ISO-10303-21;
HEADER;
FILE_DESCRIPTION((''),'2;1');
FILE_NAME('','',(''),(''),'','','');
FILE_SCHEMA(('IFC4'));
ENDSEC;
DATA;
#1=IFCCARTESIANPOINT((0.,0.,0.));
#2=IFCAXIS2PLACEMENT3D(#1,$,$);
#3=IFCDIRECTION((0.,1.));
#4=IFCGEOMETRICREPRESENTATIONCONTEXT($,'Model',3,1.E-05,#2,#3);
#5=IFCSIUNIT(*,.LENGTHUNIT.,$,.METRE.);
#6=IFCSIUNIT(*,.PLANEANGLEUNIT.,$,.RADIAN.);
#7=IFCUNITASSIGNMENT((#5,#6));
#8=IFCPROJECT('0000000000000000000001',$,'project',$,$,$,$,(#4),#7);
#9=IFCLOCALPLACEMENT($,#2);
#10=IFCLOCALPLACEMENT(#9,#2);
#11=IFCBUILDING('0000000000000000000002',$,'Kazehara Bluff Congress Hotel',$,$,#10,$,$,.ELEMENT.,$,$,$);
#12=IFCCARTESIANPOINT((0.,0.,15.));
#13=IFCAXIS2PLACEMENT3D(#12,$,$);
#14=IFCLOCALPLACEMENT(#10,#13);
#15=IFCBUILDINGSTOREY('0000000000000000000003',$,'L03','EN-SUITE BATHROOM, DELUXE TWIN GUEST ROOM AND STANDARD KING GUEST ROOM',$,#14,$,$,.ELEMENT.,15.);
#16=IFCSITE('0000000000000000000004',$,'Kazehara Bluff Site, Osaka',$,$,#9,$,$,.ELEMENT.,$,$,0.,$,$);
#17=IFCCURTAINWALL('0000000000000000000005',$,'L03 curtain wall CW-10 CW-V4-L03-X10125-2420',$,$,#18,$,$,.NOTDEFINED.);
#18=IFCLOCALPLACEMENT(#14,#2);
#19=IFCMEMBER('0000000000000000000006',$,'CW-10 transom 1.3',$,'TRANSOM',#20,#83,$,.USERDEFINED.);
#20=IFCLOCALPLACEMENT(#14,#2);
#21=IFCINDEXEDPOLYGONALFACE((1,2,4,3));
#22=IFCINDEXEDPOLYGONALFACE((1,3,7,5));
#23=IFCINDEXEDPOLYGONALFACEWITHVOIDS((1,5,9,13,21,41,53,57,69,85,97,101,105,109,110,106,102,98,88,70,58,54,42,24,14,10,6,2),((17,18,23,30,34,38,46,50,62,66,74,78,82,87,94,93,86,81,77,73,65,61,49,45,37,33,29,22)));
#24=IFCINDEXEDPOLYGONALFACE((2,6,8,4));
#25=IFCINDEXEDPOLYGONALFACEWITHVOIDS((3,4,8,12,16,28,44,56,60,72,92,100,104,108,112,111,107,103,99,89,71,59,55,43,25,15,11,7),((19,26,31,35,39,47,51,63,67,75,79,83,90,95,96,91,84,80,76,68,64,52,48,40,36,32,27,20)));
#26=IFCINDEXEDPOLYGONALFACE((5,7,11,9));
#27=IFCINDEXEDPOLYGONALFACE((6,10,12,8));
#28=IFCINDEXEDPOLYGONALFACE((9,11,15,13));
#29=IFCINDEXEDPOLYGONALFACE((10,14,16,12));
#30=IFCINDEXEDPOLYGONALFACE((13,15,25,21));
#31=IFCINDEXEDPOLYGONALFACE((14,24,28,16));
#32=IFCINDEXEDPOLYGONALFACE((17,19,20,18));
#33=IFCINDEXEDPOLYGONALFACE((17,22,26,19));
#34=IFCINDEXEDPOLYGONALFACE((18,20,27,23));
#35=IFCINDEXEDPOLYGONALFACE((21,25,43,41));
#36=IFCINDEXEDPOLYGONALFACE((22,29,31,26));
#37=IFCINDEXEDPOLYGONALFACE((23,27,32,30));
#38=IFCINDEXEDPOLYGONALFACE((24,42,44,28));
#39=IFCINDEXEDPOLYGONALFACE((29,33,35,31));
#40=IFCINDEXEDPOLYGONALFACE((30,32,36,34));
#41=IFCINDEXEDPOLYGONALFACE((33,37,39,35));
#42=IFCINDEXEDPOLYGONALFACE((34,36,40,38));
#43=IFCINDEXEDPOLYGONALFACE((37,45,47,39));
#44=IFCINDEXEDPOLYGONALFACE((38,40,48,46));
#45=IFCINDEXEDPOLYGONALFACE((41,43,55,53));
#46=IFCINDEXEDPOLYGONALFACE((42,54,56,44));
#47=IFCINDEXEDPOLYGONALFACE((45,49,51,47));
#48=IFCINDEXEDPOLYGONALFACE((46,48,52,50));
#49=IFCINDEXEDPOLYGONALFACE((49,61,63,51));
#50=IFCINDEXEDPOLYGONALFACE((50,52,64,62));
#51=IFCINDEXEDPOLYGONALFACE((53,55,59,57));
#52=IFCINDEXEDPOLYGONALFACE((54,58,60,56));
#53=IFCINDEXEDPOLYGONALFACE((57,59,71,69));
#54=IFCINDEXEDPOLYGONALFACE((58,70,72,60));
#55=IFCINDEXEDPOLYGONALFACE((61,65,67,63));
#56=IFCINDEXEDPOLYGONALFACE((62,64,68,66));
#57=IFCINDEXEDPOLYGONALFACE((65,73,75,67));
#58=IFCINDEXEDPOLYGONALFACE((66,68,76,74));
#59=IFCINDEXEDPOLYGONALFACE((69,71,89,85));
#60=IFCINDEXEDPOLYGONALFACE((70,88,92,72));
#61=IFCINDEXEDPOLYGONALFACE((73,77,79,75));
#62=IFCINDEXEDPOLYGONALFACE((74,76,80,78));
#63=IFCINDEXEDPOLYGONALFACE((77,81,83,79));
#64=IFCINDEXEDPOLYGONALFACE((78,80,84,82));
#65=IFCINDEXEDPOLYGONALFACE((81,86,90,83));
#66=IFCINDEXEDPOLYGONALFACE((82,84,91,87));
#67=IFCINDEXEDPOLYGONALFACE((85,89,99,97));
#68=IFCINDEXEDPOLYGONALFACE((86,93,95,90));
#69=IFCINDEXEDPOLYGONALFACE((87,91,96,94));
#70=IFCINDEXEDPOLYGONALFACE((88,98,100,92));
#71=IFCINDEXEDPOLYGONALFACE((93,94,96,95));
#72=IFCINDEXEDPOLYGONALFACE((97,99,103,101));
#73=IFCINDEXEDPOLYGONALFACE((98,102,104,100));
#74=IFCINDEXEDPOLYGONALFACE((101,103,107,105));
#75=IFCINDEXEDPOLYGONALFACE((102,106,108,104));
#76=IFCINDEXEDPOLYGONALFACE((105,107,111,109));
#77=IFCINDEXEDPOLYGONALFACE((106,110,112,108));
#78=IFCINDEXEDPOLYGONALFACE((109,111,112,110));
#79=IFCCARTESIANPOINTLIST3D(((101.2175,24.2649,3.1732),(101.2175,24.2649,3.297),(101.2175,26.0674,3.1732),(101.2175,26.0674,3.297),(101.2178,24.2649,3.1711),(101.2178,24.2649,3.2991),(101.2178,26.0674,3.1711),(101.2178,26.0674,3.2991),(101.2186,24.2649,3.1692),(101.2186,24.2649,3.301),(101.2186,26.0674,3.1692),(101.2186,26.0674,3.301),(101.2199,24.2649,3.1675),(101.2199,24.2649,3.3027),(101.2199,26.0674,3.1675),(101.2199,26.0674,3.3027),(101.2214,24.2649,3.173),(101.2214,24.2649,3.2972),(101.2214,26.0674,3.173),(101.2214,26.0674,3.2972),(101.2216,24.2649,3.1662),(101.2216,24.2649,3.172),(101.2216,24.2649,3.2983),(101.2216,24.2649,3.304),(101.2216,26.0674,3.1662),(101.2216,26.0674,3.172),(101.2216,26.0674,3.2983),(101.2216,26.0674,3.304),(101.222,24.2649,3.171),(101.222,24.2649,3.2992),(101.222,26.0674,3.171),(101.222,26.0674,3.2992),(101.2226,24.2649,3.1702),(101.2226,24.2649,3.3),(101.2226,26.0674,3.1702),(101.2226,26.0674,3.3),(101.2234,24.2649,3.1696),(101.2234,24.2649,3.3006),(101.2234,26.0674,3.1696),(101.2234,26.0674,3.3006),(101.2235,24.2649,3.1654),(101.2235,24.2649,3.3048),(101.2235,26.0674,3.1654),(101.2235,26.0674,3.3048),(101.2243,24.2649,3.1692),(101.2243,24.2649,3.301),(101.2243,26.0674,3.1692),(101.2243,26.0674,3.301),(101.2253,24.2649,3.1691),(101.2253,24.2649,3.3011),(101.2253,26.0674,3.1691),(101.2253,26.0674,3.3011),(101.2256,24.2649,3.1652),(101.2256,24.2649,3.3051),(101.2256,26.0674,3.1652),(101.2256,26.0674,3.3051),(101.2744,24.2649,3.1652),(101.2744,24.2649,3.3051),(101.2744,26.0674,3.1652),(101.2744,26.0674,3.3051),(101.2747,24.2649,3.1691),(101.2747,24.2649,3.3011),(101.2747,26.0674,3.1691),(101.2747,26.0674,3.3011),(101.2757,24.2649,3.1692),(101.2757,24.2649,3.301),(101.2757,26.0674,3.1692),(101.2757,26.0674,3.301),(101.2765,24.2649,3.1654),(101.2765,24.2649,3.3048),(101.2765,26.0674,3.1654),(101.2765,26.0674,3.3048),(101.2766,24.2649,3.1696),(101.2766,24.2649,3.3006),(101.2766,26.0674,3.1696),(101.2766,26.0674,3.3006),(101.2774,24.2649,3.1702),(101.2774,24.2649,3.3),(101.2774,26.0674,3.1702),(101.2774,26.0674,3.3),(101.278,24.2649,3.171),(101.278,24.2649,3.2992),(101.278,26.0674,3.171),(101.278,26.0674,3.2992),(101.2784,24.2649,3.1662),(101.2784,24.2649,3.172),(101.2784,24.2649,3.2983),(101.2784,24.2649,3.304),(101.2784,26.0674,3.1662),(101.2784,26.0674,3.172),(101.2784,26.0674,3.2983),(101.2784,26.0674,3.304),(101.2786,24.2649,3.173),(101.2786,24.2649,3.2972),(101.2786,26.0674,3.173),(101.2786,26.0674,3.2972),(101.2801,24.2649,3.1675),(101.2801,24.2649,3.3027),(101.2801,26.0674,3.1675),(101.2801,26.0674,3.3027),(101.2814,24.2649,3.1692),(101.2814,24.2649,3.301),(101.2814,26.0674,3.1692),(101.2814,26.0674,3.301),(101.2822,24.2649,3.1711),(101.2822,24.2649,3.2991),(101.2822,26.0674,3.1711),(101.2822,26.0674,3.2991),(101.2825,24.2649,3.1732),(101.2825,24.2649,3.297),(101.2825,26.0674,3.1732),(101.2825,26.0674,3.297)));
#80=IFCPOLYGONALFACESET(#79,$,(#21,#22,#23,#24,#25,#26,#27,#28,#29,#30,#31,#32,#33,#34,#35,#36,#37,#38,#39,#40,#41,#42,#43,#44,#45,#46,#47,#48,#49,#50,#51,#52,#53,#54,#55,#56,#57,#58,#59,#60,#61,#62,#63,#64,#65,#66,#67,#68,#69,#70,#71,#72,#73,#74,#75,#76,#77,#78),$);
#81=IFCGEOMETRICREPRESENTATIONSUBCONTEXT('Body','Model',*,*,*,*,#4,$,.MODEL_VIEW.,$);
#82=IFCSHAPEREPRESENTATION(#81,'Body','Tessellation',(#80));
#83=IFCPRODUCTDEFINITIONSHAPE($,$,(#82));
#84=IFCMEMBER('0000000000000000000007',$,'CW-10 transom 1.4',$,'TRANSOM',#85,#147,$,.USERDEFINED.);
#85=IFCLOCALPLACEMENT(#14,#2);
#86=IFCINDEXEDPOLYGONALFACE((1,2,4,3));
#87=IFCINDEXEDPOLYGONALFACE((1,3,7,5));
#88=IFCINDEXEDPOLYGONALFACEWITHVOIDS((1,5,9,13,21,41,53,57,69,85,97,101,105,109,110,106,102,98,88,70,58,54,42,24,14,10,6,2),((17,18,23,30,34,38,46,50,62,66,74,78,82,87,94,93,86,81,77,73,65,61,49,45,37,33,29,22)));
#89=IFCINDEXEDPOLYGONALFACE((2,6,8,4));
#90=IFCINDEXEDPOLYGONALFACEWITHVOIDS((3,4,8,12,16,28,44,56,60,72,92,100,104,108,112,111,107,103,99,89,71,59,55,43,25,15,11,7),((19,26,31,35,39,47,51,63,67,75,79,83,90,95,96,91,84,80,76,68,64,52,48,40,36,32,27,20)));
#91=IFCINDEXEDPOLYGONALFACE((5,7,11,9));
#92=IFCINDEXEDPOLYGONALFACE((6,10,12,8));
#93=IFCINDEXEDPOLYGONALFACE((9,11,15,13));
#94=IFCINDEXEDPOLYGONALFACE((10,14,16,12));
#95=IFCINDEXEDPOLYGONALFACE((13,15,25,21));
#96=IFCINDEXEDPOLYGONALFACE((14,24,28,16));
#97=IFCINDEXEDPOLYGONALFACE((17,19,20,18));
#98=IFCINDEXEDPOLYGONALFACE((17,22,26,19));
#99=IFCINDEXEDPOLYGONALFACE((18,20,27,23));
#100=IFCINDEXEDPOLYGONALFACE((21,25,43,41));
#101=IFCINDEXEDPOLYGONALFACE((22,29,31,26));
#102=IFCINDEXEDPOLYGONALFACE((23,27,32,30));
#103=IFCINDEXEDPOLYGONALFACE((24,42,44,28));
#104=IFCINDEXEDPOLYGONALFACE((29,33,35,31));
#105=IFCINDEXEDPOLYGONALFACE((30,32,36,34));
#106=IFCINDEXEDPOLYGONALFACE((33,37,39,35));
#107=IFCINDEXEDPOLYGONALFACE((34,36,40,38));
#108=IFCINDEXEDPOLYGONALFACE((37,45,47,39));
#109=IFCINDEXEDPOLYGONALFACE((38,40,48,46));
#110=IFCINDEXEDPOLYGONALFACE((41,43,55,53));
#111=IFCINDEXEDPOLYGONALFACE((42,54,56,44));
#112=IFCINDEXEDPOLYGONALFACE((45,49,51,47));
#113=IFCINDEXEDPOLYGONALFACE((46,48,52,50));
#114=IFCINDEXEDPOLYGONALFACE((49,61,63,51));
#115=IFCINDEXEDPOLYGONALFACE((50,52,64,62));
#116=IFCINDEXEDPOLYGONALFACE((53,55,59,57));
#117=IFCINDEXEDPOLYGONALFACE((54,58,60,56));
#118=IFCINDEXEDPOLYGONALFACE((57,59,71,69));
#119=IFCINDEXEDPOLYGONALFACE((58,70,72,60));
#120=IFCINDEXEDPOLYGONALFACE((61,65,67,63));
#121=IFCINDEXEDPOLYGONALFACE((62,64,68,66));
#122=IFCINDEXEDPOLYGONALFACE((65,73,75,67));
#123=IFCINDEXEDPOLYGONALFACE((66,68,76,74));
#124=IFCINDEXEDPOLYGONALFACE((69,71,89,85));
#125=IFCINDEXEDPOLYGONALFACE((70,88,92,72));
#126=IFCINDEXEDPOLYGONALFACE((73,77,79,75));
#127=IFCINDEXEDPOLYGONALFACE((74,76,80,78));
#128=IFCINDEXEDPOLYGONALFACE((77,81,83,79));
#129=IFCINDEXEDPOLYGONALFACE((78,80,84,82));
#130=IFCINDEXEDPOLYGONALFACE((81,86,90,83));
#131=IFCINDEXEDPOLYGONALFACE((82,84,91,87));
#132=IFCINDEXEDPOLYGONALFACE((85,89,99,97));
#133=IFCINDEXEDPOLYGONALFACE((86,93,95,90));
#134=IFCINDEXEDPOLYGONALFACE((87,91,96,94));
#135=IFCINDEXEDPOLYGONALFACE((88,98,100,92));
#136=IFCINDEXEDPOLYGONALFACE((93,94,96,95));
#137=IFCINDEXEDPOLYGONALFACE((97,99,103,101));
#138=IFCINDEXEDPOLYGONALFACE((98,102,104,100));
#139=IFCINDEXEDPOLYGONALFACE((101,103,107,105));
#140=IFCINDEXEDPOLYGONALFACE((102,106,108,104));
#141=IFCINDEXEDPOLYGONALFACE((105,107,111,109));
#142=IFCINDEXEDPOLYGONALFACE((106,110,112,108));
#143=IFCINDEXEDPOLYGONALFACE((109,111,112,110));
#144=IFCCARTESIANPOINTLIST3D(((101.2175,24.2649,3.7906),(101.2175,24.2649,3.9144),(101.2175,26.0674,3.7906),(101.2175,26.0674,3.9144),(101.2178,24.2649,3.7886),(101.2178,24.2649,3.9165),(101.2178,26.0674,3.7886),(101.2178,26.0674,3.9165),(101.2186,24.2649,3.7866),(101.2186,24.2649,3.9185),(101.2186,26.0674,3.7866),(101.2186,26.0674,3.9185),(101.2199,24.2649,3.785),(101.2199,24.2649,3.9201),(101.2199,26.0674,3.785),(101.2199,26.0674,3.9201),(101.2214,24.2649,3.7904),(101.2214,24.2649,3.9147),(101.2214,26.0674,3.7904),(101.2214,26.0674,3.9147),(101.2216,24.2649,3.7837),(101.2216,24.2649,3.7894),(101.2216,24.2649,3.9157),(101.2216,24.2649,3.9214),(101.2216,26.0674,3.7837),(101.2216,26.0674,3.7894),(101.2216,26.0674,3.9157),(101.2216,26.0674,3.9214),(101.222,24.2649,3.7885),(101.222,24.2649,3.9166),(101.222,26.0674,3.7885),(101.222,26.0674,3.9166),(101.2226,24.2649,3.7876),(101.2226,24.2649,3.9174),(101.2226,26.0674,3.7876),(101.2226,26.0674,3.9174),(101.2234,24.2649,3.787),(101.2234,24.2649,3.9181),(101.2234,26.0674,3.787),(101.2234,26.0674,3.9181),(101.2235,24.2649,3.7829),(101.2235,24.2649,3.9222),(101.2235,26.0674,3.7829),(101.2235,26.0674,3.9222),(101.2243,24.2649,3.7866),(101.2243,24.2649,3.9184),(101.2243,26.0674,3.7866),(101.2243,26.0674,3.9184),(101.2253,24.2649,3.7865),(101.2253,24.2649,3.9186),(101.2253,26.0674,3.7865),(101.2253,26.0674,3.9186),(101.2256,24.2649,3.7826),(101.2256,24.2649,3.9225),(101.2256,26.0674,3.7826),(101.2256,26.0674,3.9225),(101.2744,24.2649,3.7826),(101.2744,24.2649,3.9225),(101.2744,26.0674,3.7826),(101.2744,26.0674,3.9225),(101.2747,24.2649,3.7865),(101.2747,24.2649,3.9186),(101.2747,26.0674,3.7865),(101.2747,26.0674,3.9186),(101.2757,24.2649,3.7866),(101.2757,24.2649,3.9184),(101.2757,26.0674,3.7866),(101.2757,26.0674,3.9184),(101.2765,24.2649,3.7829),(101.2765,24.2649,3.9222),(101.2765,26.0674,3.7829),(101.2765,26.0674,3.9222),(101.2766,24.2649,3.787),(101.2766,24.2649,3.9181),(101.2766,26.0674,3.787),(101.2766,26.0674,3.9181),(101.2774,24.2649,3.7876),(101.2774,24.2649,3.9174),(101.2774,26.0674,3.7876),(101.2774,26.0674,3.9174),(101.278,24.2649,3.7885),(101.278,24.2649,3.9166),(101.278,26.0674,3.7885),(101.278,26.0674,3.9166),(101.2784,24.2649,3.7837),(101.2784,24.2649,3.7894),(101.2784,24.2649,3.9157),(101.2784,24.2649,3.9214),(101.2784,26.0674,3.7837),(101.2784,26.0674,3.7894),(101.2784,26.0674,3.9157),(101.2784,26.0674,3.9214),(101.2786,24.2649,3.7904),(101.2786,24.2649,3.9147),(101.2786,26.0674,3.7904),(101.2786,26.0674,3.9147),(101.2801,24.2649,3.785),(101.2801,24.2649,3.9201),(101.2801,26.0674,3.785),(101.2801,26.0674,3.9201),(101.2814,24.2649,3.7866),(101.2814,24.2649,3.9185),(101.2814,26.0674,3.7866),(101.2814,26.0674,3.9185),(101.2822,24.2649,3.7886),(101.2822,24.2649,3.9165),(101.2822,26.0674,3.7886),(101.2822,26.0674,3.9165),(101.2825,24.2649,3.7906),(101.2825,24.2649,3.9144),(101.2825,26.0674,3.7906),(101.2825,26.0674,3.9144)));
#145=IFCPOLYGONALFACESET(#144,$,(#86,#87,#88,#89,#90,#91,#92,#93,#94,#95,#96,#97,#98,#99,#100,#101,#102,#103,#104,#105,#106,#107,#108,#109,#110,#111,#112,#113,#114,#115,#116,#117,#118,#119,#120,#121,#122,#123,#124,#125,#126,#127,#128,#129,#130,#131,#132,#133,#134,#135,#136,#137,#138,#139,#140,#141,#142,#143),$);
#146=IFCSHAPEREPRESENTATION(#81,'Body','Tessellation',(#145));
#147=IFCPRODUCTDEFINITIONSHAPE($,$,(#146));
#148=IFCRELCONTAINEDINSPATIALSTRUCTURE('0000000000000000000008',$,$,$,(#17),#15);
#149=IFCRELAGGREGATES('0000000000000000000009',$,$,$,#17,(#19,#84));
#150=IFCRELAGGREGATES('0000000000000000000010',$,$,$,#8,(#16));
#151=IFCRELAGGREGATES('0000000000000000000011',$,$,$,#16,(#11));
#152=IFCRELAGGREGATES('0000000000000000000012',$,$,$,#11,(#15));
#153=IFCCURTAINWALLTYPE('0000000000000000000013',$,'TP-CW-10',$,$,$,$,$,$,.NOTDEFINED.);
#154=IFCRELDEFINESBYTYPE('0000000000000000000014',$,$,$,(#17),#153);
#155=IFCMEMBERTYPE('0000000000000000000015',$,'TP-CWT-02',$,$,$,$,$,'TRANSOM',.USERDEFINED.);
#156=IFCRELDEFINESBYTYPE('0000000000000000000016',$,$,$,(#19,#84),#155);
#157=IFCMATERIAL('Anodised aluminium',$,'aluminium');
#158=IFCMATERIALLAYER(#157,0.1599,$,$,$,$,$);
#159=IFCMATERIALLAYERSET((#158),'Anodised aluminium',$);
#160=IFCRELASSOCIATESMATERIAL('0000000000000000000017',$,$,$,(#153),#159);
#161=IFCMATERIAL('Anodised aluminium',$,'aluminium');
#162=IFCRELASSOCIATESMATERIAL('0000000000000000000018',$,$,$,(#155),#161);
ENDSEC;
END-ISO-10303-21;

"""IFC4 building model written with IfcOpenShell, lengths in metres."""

from ifc_helpers import new_model, si_unit, direction, frame, origin, origin_2d, place, context, subcontext, project, spatial, hollow_rectangle, extrude, material, layer, layer_set, material_profile, profile_set, type_object, element, aggregate, save


model = new_model("IFC4")

# Units and contexts
model_context = context("Model", 3, precision=1e-05, world=origin(), true_north=direction((0.0, 1.0)))
body_context = subcontext(model_context, "Body", "Model", "MODEL_VIEW")
ifc_project = project(units=[si_unit("LENGTHUNIT", "METRE"), si_unit("PLANEANGLEUNIT", "RADIAN")], contexts=[model_context])

# Site, building, storey
site_placement = place(None, origin())
site = spatial("IfcSite", under=ifc_project, at=site_placement, Name="Kazehara Bluff Site, Osaka", CompositionType="ELEMENT", RefElevation=0.0)
building_placement = place(site_placement, origin())
building = spatial("IfcBuilding", under=site, at=building_placement, Name="Kazehara Bluff Congress Hotel", CompositionType="ELEMENT")
storey_placement = place(building_placement, frame((0.0, 0.0, 15.0)))
storey = spatial("IfcBuildingStorey", under=building, at=storey_placement, Name="L03", Description="EN-SUITE BATHROOM, DELUXE TWIN GUEST ROOM AND STANDARD KING GUEST ROOM", CompositionType="ELEMENT", Elevation=15.0)

# Curtain wall, members
ifc_material_1 = material(Name="Anodised aluminium", Category="aluminium")
ifc_layer_1 = layer(ifc_material_1, 0.1599)
ifc_layer_set_1 = layer_set([ifc_layer_1], Name="Anodised aluminium")
curtain_wall_type = type_object("IfcCurtainWallType", Name="TP-CW-10", PredefinedType="NOTDEFINED", material=ifc_layer_set_1)
curtain_wall_placement = place(storey_placement, origin())
curtain_wall = element("IfcCurtainWall", 1, at=curtain_wall_placement, inside=storey, type_object=curtain_wall_type, Name="L03 curtain wall CW-10 CW-V4-L03-X10125-2420", PredefinedType="NOTDEFINED")
ifc_material_2 = material(Name="Anodised aluminium", Category="aluminium")
ifc_material_profile_1 = material_profile(ifc_material_2, hollow_rectangle(XDim=0.0649, YDim=0.1399, WallThickness=0.0039, InnerFilletRadius=0.0039, OuterFilletRadius=0.0081, at=origin_2d()))
ifc_profile_set_1 = profile_set([ifc_material_profile_1], Name="Anodised aluminium")
member_type_1 = type_object("IfcMemberType", Name="TP-CWT-02", ElementType="TRANSOM", PredefinedType="USERDEFINED", material=ifc_profile_set_1)
member_1_placement = place(storey_placement, frame((101.25, 24.2649, 3.2351), z_axis=(0.0, 1.0, 0.0), x_axis=(-1.0, 0.0, 0.0)))
member_1 = element("IfcMember", 2, at=member_1_placement, type_object=member_type_1, Name="CW-10 transom 1.3", ObjectType="TRANSOM", PredefinedType="USERDEFINED", context=body_context, shape_type="SweptSolid", body=[
    extrude(hollow_rectangle(XDim=0.0649, YDim=0.1399, WallThickness=0.0039, InnerFilletRadius=0.0039, OuterFilletRadius=0.0081, at=origin_2d()), origin(), (0.0, 0.0, 1.0), 1.8025),
])
member_2_placement = place(storey_placement, frame((101.25, 24.2649, 3.8525), z_axis=(0.0, 1.0, 0.0), x_axis=(-1.0, 0.0, 0.0)))
member_2 = element("IfcMember", 3, at=member_2_placement, type_object=member_type_1, Name="CW-10 transom 1.4", ObjectType="TRANSOM", PredefinedType="USERDEFINED", context=body_context, shape_type="SweptSolid", body=[
    extrude(hollow_rectangle(XDim=0.0649, YDim=0.1399, WallThickness=0.0039, InnerFilletRadius=0.0039, OuterFilletRadius=0.0081, at=origin_2d()), origin(), (0.0, 0.0, 1.0), 1.8025),
])

aggregate(curtain_wall, [member_1, member_2])

save(model, "model.ifc")
